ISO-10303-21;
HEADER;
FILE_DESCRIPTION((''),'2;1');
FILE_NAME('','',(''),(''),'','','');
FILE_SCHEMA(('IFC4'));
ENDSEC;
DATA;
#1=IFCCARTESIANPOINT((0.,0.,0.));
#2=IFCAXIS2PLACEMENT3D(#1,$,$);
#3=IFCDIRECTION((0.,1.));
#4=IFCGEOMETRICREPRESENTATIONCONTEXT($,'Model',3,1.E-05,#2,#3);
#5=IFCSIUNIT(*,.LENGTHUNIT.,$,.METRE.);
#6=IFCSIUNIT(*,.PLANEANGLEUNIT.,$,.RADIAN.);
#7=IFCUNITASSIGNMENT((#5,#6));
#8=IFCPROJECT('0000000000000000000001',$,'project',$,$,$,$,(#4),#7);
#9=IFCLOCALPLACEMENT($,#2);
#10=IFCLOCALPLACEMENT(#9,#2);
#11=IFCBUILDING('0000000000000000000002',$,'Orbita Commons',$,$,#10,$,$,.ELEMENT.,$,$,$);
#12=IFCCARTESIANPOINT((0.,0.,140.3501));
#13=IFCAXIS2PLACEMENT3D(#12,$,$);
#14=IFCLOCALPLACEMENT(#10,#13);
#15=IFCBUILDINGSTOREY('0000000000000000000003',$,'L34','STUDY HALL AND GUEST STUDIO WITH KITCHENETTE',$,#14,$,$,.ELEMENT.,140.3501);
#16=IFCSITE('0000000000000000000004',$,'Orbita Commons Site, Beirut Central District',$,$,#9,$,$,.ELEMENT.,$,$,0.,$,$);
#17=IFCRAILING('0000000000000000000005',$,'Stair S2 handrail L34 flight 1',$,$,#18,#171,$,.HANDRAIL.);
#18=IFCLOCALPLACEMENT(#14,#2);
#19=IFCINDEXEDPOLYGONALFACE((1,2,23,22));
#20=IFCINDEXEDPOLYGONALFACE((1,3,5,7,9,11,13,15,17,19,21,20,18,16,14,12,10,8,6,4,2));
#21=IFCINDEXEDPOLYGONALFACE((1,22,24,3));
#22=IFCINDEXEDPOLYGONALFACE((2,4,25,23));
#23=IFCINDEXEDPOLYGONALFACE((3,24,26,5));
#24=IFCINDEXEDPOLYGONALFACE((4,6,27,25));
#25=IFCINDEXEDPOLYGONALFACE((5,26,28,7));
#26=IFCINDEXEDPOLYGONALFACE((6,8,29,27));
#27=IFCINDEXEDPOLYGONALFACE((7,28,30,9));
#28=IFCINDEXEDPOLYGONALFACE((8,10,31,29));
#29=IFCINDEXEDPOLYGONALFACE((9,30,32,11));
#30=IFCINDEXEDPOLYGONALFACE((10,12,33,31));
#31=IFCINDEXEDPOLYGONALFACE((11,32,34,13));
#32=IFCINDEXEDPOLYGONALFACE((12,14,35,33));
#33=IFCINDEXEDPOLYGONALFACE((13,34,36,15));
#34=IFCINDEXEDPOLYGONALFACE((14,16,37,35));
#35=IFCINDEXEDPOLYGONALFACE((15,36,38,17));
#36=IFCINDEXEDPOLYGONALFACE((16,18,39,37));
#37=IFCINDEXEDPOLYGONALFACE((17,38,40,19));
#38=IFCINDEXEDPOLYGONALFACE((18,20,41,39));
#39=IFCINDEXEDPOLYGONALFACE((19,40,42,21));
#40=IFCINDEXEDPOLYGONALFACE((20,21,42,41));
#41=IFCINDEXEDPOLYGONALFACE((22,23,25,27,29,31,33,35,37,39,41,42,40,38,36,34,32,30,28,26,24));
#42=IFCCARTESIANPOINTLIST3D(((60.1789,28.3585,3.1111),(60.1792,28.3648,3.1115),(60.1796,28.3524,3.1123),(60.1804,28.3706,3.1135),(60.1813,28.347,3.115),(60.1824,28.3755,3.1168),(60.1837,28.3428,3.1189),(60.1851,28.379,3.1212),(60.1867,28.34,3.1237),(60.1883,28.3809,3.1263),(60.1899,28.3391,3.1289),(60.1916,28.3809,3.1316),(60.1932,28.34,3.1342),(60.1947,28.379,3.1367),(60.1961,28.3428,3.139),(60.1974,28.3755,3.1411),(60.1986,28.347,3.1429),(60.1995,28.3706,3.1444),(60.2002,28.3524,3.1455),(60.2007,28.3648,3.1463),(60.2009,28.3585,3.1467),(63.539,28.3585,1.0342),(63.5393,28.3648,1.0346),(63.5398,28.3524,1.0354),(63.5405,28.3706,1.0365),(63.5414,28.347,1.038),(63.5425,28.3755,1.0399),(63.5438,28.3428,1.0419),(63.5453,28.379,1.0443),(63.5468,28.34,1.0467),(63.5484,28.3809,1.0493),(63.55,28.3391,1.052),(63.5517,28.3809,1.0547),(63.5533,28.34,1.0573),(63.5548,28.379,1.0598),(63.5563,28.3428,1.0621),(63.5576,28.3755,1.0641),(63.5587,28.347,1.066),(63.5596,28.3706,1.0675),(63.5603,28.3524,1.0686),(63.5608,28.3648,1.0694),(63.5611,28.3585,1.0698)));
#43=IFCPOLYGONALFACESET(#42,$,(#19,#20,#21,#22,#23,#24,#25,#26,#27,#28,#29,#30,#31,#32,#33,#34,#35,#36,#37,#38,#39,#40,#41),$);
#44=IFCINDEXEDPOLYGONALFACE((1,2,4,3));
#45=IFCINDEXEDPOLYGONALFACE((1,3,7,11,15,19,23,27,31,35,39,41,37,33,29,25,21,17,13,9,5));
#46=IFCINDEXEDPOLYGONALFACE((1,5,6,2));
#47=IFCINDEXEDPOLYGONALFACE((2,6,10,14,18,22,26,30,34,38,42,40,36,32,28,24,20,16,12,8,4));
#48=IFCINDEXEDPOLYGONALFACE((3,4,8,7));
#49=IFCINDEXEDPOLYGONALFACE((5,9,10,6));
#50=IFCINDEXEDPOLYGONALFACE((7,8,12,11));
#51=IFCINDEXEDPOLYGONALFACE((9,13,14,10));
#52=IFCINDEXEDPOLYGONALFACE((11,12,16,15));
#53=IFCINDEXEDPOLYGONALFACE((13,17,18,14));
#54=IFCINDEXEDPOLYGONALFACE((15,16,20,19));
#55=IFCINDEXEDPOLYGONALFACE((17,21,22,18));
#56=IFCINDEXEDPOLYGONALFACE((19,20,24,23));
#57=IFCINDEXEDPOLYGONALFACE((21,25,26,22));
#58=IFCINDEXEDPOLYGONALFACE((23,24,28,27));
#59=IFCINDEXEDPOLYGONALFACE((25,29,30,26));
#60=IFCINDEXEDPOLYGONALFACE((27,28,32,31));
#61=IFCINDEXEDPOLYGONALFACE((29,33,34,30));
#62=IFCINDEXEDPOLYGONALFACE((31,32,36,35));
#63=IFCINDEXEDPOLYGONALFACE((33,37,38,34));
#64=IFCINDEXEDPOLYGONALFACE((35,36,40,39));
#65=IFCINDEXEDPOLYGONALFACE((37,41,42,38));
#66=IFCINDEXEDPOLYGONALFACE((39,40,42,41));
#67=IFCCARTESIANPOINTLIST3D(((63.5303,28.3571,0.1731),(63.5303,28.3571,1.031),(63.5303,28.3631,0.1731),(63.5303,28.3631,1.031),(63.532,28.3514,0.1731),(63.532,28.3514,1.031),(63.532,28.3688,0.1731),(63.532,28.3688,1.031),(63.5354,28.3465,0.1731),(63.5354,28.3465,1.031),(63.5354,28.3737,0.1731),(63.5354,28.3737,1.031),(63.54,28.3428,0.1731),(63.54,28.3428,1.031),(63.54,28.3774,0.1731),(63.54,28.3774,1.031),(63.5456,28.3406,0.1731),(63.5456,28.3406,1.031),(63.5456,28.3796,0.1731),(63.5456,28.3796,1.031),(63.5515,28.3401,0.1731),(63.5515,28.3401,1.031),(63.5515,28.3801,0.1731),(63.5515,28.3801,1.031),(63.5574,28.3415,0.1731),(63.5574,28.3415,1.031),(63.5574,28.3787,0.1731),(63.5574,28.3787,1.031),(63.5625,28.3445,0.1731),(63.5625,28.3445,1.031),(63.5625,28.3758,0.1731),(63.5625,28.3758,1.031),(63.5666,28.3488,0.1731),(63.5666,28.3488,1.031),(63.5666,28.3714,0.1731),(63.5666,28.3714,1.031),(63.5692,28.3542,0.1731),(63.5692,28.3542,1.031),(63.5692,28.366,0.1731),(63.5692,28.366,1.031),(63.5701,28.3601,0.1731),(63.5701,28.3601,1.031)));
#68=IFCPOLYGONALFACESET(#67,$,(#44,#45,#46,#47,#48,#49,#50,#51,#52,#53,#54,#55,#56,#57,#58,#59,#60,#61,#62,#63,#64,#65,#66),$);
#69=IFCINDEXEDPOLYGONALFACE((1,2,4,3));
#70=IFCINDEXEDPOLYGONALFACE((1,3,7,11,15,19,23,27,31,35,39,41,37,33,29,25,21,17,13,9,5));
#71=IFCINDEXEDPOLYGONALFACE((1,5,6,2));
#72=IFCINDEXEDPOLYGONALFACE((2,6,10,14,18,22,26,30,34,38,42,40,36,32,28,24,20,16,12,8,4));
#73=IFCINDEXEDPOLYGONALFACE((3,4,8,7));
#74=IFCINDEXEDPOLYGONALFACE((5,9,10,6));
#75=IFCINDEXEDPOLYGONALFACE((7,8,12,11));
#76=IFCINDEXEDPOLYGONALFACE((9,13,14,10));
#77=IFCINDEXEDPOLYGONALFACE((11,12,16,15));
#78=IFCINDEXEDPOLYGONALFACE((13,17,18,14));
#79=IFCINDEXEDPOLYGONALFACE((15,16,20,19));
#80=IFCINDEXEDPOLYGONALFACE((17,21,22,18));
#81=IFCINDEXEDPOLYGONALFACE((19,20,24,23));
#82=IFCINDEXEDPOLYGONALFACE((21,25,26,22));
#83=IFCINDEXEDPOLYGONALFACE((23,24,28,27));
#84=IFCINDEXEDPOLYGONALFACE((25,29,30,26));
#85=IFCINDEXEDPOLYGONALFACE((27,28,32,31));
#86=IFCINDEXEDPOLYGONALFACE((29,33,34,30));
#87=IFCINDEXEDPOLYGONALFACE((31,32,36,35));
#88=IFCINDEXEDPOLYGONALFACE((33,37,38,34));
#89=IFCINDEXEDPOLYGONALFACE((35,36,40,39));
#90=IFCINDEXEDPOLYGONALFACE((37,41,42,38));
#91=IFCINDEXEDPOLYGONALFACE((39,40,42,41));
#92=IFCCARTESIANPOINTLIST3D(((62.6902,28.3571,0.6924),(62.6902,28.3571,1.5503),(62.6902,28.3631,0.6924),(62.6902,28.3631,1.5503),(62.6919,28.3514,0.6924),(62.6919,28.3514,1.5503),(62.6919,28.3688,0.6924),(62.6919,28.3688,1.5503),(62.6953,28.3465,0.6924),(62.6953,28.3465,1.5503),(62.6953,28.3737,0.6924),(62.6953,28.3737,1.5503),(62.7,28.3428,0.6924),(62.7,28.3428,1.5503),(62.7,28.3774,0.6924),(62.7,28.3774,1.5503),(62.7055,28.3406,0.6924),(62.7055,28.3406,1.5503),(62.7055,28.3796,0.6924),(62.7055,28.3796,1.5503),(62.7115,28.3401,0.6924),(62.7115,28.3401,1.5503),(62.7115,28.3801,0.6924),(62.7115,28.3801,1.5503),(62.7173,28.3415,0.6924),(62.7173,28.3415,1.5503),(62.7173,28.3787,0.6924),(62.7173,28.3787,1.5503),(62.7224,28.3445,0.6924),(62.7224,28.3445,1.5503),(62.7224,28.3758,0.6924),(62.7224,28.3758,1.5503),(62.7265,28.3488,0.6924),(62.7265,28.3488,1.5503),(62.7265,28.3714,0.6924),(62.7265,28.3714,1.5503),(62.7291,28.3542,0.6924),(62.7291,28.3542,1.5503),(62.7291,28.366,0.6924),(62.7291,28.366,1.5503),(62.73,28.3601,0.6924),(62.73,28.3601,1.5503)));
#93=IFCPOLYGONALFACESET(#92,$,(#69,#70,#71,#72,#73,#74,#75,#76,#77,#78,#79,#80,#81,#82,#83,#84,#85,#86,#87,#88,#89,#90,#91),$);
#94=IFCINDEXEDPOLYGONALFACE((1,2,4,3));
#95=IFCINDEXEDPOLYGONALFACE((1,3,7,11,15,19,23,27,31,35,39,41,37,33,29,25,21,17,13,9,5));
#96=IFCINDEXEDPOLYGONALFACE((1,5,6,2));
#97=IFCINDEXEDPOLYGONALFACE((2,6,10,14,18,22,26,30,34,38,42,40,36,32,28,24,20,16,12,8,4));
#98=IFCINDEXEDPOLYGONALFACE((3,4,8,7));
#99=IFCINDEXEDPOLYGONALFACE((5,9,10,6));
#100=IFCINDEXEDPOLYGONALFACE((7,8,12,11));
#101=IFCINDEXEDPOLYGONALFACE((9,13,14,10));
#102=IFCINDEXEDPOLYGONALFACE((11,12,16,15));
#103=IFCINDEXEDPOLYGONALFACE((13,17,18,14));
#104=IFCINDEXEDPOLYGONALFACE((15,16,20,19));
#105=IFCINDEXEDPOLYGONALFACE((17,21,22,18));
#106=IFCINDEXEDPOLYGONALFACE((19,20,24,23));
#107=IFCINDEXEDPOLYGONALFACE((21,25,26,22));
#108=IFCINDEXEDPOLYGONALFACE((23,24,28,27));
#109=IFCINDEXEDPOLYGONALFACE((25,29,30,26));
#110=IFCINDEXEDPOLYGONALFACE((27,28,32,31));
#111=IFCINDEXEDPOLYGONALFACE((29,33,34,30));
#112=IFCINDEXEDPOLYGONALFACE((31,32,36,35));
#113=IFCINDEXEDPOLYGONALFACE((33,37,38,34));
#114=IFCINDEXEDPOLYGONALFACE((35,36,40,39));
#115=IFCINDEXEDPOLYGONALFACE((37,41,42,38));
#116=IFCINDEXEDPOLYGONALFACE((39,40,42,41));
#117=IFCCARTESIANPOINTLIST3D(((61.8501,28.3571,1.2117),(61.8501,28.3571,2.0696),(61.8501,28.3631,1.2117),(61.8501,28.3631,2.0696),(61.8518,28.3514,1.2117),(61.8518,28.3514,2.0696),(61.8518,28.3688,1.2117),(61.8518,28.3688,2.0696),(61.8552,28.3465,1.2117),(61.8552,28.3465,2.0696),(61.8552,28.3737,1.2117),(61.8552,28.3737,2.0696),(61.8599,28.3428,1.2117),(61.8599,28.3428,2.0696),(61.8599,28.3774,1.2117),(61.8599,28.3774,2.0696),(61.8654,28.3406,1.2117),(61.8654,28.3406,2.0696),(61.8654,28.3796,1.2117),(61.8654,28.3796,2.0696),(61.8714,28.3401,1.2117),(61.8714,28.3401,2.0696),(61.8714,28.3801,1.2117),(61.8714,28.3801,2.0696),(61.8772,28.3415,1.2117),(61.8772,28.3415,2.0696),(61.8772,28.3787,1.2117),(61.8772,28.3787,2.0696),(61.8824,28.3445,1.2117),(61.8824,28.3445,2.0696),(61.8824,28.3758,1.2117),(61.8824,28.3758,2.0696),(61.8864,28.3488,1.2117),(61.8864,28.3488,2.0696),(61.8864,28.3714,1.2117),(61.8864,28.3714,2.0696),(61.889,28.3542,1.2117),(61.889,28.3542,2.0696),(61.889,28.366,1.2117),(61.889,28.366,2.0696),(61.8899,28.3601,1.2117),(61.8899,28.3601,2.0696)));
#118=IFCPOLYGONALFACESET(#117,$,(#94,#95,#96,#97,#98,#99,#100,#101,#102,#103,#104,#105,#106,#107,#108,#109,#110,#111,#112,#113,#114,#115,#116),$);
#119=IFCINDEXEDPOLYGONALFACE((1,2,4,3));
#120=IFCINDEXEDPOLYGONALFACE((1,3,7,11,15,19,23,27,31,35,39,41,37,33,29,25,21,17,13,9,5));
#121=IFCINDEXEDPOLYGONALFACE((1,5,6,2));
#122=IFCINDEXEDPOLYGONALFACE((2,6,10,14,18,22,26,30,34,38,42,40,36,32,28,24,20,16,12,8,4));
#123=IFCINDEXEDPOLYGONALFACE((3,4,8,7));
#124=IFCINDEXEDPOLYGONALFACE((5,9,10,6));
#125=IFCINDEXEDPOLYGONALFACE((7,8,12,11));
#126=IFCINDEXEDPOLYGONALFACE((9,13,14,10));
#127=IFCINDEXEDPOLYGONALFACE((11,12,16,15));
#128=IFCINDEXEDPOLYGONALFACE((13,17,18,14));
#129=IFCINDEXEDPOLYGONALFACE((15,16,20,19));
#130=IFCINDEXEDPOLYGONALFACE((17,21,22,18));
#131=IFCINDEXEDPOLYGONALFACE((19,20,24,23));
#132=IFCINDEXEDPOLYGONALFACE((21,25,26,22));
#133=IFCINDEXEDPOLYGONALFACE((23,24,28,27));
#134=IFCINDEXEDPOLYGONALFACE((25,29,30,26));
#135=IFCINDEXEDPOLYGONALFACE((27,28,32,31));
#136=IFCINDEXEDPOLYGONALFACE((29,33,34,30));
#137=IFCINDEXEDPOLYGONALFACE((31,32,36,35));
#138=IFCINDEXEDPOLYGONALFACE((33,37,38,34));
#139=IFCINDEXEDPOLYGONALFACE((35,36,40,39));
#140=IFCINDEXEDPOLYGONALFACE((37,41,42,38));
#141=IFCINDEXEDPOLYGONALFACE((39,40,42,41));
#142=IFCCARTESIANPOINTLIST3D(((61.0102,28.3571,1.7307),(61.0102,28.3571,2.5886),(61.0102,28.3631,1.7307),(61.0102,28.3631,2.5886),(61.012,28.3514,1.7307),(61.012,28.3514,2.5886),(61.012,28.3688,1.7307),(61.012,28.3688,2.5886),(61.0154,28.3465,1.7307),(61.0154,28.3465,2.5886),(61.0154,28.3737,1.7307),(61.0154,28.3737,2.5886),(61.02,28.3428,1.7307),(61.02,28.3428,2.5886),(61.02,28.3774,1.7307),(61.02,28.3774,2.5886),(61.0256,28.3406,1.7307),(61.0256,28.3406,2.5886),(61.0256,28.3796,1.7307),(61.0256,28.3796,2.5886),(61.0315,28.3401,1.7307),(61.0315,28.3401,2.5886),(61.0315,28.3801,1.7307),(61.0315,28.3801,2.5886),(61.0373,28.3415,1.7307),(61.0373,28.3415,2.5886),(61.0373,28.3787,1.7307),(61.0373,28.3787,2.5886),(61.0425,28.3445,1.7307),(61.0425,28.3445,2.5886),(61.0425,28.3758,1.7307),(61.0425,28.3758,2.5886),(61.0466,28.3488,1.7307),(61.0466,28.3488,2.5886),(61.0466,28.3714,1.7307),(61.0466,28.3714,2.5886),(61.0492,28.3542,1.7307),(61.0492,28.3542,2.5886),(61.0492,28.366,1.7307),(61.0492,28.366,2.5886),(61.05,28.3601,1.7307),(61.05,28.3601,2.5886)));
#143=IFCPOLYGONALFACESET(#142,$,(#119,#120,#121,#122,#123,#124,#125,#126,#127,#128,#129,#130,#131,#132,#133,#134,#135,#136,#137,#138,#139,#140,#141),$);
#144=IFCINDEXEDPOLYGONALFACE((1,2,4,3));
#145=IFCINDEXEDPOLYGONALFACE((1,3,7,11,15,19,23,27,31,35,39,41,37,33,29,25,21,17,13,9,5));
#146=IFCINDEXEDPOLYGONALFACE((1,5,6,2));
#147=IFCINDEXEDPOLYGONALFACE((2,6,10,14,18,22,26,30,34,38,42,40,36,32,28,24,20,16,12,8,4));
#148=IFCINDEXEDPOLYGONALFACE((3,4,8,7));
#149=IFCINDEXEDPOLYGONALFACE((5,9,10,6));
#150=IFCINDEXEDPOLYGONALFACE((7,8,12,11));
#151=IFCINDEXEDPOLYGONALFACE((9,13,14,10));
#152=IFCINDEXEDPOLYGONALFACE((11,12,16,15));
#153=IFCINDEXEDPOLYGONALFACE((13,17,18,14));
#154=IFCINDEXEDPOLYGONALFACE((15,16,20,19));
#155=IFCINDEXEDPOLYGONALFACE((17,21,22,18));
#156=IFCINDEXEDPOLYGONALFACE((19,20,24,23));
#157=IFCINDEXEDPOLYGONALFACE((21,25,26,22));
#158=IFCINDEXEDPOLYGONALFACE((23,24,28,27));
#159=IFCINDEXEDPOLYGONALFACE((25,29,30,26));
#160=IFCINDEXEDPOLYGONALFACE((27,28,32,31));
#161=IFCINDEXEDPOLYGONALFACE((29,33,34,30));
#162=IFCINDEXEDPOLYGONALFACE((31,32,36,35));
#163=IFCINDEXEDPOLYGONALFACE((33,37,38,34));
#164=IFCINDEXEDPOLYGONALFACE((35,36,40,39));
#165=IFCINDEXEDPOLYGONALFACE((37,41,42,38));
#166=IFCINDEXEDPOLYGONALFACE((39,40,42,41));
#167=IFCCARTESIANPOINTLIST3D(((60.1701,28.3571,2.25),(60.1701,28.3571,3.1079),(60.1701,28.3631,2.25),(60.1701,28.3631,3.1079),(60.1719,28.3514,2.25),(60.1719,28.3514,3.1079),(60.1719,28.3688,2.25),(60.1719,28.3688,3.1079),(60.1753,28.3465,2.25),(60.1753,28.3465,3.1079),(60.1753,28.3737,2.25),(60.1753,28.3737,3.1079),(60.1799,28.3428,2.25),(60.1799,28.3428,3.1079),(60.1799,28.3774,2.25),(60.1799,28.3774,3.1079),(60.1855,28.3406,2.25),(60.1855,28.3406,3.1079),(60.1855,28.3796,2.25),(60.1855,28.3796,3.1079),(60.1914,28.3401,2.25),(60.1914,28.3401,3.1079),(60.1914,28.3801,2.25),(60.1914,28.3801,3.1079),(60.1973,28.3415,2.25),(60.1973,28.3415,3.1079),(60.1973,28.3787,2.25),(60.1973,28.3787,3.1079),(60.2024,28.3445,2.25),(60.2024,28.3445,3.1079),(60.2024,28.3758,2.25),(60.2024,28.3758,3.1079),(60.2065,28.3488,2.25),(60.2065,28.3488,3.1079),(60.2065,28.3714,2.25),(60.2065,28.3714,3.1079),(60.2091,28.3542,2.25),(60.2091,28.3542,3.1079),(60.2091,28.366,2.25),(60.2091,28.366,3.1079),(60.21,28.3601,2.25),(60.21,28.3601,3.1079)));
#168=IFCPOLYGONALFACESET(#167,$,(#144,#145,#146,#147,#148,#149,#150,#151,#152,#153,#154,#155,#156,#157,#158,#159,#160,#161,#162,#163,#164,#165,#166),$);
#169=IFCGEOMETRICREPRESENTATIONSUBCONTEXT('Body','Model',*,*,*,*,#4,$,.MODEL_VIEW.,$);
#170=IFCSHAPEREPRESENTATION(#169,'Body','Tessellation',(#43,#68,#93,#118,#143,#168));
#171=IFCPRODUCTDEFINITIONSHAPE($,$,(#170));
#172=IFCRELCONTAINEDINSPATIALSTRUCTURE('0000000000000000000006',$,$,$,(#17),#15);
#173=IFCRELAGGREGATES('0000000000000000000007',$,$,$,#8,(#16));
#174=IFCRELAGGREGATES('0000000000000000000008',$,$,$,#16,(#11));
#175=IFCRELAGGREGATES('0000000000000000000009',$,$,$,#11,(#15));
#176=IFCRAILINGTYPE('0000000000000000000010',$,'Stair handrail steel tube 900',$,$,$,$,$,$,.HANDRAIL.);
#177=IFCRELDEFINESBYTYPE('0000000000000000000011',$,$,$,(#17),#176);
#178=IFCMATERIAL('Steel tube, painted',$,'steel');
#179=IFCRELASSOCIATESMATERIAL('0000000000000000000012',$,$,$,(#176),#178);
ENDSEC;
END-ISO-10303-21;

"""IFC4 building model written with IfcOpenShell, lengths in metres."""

from ifc_helpers import new_model, si_unit, direction, frame, origin, origin_2d, place, context, subcontext, project, spatial, circle, extrude, material, type_object, element, save


model = new_model("IFC4")

# Units and contexts
model_context = context("Model", 3, precision=1e-05, world=origin(), true_north=direction((0.0, 1.0)))
body_context = subcontext(model_context, "Body", "Model", "MODEL_VIEW")
ifc_project = project(units=[si_unit("LENGTHUNIT", "METRE"), si_unit("PLANEANGLEUNIT", "RADIAN")], contexts=[model_context])

# Site, building, storey
site_placement = place(None, origin())
site = spatial("IfcSite", under=ifc_project, at=site_placement, Name="Orbita Commons Site, Beirut Central District", CompositionType="ELEMENT", RefElevation=0.0)
building_placement = place(site_placement, origin())
building = spatial("IfcBuilding", under=site, at=building_placement, Name="Orbita Commons", CompositionType="ELEMENT")
storey_placement = place(building_placement, frame((0.0, 0.0, 140.3501)))
storey = spatial("IfcBuildingStorey", under=building, at=storey_placement, Name="L34", Description="STUDY HALL AND GUEST STUDIO WITH KITCHENETTE", CompositionType="ELEMENT", Elevation=140.3501)

# Railing
ifc_material_1 = material(Name="Steel tube, painted", Category="steel")
railing_type = type_object("IfcRailingType", Name="Stair handrail steel tube 900", PredefinedType="HANDRAIL", material=ifc_material_1)
railing_placement = place(storey_placement, frame((63.55, 28.3601, 0.1731)))
element("IfcRailing", 1, at=railing_placement, inside=storey, type_object=railing_type, Name="Stair S2 handrail L34 flight 1", PredefinedType="HANDRAIL", context=body_context, shape_type="SweptSolid", body=[
    extrude(circle(Radius=0.021, at=origin_2d()), frame((0.0, 0.0, 0.8789), z_axis=(-0.850623, 0.0, 0.525776), x_axis=(0.0, -1.0, 0.0)), (0.0, 0.0, 1.0), 3.9502),
    extrude(circle(Radius=0.02, at=origin_2d()), origin(), (0.0, 0.0, 1.0), 0.8579),
    extrude(circle(Radius=0.02, at=origin_2d()), frame((-0.8401, 0.0, 0.5193)), (0.0, 0.0, 1.0), 0.8579),
    extrude(circle(Radius=0.02, at=origin_2d()), frame((-1.6802, 0.0, 1.0386)), (0.0, 0.0, 1.0), 0.8579),
    extrude(circle(Radius=0.02, at=origin_2d()), frame((-2.52, 0.0, 1.5576)), (0.0, 0.0, 1.0), 0.8579),
    extrude(circle(Radius=0.02, at=origin_2d()), frame((-3.3601, 0.0, 2.0769)), (0.0, 0.0, 1.0), 0.8579),
])

save(model, "model.ifc")
